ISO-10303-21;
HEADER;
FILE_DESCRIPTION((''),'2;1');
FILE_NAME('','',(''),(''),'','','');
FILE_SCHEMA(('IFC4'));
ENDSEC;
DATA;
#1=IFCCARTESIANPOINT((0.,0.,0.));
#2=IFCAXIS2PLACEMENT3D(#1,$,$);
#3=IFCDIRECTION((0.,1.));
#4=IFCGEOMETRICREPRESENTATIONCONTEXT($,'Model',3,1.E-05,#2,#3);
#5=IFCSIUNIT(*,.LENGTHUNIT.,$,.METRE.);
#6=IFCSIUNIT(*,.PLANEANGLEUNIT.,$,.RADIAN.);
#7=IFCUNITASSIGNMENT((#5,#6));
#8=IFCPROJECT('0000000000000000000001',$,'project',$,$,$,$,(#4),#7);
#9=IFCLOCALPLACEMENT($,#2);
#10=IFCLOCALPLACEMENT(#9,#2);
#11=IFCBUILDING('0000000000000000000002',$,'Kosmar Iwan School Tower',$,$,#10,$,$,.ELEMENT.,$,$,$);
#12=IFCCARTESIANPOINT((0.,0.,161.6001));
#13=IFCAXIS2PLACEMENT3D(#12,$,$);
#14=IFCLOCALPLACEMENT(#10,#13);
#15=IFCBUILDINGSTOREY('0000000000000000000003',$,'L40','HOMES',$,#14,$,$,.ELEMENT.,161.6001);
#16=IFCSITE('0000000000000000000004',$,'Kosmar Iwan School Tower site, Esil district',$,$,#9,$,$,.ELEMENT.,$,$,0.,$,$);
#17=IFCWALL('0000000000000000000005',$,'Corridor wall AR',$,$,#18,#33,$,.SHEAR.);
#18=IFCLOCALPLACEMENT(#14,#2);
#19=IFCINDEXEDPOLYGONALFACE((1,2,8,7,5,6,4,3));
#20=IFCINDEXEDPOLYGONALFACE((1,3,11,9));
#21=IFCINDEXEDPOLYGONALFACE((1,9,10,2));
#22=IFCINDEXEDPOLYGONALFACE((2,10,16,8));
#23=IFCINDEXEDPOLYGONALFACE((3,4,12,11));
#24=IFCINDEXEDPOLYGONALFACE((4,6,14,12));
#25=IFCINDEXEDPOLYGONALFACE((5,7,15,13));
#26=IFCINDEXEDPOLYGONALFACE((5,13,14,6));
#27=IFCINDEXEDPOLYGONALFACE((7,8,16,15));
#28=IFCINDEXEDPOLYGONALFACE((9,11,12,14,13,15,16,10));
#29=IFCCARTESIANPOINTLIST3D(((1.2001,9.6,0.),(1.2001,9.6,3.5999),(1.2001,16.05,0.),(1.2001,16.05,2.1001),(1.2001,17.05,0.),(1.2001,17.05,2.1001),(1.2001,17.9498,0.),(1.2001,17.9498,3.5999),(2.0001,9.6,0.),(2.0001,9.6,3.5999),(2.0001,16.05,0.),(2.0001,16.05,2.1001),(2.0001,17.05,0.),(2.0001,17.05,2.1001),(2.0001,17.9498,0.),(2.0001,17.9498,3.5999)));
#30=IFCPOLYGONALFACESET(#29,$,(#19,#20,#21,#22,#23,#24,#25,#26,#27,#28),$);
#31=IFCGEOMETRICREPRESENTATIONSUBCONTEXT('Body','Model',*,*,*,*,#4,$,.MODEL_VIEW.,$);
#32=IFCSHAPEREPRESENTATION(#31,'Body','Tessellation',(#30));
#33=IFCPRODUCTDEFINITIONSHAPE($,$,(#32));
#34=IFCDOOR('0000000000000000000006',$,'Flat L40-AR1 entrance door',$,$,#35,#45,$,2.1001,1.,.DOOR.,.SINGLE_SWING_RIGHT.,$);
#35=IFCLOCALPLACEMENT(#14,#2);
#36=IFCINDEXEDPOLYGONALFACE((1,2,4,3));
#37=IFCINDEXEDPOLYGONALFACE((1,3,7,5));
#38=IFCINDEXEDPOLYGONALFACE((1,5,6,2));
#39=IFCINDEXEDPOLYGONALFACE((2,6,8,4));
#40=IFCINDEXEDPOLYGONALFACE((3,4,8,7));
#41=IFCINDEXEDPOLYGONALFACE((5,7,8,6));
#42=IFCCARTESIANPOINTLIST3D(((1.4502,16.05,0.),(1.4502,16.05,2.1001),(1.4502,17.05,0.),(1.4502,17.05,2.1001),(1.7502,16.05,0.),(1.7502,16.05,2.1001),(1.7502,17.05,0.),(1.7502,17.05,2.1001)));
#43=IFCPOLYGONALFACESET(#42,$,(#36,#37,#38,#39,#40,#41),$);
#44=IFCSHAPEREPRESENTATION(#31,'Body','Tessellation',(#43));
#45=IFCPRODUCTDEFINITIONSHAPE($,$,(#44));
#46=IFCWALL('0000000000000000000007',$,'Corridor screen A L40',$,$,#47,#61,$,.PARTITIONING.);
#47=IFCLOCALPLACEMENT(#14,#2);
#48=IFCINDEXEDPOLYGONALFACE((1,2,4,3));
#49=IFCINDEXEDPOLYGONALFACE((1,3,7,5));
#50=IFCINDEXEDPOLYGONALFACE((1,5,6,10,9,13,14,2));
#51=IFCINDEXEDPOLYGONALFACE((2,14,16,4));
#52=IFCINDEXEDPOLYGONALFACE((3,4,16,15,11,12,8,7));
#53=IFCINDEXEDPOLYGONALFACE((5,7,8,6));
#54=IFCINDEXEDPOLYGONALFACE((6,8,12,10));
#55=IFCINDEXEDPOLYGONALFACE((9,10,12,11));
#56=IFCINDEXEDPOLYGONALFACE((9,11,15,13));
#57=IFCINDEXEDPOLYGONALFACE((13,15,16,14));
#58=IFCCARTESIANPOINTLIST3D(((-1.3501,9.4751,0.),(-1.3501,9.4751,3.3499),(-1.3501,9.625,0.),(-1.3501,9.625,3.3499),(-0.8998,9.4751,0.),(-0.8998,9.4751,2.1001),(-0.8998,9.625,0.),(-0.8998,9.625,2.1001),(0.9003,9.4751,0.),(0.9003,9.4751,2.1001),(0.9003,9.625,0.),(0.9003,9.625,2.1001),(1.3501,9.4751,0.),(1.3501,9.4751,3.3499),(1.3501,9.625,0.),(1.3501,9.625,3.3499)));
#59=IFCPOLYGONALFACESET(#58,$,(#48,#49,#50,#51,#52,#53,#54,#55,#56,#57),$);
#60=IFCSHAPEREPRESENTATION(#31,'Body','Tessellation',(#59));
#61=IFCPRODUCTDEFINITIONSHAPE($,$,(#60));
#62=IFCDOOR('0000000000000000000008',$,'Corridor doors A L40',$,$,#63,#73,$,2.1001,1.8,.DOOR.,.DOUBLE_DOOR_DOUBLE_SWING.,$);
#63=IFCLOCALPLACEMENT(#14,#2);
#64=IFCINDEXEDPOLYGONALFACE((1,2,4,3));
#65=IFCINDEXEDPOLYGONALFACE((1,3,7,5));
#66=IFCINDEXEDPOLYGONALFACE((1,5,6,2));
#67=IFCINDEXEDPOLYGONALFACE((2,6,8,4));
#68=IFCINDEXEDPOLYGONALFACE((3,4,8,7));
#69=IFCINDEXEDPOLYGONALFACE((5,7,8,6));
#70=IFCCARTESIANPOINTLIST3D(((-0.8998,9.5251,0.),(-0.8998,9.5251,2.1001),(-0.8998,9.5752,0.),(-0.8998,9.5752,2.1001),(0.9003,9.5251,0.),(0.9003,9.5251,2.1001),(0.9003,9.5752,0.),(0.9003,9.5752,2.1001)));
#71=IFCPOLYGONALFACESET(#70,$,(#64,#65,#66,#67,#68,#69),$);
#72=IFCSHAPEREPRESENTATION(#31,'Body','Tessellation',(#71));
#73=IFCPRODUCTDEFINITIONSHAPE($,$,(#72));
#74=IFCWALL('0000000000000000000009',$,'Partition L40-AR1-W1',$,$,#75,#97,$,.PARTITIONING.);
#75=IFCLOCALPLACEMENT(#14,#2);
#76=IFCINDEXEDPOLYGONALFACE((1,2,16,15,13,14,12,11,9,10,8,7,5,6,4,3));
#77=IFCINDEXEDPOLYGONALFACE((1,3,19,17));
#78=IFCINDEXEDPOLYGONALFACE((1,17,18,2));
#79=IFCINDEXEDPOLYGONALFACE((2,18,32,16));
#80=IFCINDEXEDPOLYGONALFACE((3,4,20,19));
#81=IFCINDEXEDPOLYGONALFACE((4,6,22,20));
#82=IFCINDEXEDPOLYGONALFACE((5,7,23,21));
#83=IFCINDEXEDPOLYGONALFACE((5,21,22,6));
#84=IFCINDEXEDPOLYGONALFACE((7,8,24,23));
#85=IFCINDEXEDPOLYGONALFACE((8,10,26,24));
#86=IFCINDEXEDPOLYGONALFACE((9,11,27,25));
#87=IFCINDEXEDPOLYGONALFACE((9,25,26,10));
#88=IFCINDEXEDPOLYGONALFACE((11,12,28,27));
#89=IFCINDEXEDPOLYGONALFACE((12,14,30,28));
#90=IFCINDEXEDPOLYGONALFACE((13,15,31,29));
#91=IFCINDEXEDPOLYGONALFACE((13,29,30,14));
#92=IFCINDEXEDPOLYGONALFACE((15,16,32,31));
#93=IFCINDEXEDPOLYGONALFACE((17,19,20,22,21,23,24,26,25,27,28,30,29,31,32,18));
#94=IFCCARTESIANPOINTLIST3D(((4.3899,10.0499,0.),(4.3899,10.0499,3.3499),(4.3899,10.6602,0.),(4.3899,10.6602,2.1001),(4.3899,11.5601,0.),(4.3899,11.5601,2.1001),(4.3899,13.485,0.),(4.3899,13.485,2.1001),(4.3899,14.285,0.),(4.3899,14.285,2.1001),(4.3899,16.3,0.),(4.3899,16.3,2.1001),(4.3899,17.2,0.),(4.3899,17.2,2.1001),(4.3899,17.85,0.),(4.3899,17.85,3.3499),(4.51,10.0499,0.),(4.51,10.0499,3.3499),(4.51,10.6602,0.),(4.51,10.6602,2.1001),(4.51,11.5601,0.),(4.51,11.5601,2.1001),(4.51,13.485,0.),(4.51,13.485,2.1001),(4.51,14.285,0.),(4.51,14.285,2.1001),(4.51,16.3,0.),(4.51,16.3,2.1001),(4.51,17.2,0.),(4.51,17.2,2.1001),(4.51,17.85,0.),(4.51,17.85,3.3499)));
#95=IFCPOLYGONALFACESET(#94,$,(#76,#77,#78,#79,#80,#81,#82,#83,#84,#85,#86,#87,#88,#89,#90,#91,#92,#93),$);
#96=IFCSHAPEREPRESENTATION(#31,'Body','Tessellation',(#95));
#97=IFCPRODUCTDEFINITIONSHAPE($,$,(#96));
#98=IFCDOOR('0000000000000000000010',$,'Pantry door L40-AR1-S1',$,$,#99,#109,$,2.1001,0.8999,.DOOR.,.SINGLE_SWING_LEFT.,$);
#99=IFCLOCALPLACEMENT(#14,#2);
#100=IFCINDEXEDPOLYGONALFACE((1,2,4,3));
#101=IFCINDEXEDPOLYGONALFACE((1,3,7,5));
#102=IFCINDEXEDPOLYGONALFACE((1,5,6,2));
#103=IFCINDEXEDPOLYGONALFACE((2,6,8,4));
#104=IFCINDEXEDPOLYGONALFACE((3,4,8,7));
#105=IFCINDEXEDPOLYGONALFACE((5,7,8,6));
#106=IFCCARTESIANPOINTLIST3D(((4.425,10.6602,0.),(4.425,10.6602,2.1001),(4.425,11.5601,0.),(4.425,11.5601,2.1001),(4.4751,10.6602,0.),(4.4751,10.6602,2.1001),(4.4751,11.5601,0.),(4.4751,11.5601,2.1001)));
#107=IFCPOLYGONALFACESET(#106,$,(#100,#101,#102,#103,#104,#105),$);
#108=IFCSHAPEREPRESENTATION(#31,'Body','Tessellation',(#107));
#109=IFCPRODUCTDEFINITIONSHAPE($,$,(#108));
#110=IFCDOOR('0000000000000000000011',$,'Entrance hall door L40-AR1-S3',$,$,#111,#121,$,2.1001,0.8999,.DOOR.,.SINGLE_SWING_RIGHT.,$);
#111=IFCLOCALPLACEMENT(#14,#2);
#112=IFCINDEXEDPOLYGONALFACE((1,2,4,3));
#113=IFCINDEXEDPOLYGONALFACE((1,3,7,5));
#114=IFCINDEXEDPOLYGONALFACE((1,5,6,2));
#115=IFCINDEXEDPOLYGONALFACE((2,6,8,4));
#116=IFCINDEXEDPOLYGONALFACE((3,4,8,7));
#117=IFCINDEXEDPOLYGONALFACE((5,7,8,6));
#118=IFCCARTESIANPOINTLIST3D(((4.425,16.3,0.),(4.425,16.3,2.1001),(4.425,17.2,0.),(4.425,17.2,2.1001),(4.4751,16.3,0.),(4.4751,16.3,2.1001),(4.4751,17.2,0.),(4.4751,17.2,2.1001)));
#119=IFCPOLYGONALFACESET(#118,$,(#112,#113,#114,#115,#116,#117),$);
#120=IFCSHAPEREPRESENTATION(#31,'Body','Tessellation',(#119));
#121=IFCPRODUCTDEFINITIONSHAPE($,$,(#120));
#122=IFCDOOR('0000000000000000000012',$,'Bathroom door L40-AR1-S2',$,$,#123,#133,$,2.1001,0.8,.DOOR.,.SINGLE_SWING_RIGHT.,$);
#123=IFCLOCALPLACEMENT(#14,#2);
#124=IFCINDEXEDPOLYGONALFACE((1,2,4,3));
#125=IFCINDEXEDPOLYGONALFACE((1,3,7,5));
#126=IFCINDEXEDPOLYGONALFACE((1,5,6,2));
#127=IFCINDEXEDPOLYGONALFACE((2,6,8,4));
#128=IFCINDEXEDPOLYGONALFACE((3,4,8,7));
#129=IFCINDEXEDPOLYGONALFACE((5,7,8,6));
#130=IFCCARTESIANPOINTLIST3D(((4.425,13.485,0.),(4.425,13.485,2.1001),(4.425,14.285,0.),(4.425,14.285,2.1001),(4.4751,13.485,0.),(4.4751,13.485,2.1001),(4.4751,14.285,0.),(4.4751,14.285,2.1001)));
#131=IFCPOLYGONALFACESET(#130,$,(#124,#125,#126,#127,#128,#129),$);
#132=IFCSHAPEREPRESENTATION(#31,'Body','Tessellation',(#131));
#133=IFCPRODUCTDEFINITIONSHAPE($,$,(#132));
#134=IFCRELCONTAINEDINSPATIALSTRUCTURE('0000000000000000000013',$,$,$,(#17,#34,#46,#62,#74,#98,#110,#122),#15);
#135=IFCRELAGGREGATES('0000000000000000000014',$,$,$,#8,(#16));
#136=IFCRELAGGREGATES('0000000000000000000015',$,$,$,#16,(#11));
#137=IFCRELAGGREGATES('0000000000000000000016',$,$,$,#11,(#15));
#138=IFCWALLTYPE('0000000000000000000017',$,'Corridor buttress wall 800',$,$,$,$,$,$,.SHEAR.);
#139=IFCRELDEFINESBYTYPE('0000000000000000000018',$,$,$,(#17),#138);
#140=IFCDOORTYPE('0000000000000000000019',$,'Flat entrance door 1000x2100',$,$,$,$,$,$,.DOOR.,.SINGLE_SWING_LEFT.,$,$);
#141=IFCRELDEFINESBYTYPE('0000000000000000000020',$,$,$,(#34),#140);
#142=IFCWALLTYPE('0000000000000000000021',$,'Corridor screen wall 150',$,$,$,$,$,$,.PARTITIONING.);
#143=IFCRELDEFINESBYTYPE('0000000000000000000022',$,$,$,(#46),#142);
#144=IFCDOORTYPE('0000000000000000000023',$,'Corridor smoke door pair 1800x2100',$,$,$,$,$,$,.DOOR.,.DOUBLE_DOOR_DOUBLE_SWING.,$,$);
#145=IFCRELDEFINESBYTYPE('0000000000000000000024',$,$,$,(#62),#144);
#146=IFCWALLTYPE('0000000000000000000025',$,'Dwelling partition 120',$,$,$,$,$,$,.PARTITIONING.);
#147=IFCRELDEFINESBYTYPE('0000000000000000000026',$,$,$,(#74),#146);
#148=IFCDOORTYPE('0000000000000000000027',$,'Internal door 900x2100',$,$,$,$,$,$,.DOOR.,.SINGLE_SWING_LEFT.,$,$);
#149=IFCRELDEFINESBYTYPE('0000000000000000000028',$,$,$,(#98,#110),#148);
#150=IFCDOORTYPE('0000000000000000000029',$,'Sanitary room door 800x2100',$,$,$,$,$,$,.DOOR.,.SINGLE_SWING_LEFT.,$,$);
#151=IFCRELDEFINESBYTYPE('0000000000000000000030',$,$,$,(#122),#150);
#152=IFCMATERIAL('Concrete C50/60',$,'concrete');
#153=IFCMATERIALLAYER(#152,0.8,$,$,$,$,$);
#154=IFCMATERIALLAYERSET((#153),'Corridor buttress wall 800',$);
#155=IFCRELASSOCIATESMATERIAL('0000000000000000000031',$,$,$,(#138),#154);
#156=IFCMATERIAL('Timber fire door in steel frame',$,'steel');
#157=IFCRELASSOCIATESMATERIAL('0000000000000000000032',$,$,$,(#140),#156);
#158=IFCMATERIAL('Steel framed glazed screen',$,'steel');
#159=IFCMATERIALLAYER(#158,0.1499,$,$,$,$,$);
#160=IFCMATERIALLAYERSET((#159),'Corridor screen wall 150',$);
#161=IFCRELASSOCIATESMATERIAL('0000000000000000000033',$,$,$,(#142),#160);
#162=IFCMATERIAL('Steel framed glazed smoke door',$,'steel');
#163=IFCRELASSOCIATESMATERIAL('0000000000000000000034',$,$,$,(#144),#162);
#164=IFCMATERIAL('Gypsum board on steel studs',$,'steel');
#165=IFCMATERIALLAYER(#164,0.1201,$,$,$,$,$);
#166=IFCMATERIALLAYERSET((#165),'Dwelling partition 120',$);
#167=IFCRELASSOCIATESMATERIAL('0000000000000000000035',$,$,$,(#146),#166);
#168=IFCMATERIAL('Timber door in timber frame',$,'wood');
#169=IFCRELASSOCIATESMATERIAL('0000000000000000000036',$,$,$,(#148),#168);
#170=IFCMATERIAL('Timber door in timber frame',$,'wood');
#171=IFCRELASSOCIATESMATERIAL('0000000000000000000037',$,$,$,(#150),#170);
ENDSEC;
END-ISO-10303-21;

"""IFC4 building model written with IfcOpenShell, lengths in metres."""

from ifc_helpers import new_model, si_unit, direction, frame, frame_2d, origin, place, context, subcontext, project, spatial, rectangle, extrude, material, layer, layer_set, type_object, element, fill, save


model = new_model("IFC4")

# Units and contexts
model_context = context("Model", 3, precision=1e-05, world=origin(), true_north=direction((0.0, 1.0)))
body_context = subcontext(model_context, "Body", "Model", "MODEL_VIEW")
ifc_project = project(units=[si_unit("LENGTHUNIT", "METRE"), si_unit("PLANEANGLEUNIT", "RADIAN")], contexts=[model_context])

# Site, building, storey
site_placement = place(None, origin())
site = spatial("IfcSite", under=ifc_project, at=site_placement, Name="Kosmar Iwan School Tower site, Esil district", CompositionType="ELEMENT", RefElevation=0.0)
building_placement = place(site_placement, origin())
building = spatial("IfcBuilding", under=site, at=building_placement, Name="Kosmar Iwan School Tower", CompositionType="ELEMENT")
storey_placement = place(building_placement, frame((0.0, 0.0, 161.6001)))
storey = spatial("IfcBuildingStorey", under=building, at=storey_placement, Name="L40", Description="HOMES", CompositionType="ELEMENT", Elevation=161.6001)

# Walls, openings, doors
ifc_material_1 = material(Name="Concrete C50/60", Category="concrete")
ifc_layer_1 = layer(ifc_material_1, 0.8)
ifc_layer_set_1 = layer_set([ifc_layer_1], Name="Corridor buttress wall 800")
wall_type_1 = type_object("IfcWallType", Name="Corridor buttress wall 800", PredefinedType="SHEAR", material=ifc_layer_set_1)
wall_1_placement = place(storey_placement, frame((1.6001, 9.6001, 0.0), z_axis=(0.0, 0.0, 1.0), x_axis=(0.0, 1.0, 0.0)))
wall_1 = element("IfcWall", 1, at=wall_1_placement, inside=storey, type_object=wall_type_1, Name="Corridor wall AR", PredefinedType="SHEAR", context=body_context, shape_type="SweptSolid", body=[
    extrude(rectangle(XDim=8.3499, YDim=0.8, at=frame_2d((4.1748, 0.0))), origin(), (0.0, 0.0, 1.0), 3.5999),
])
opening_1_placement = place(wall_1_placement, frame((6.45, 0.0, 0.0)))
opening_1 = element("IfcOpeningElement", 2, at=opening_1_placement, cuts=wall_1, PredefinedType="OPENING", context=body_context, shape_type="SweptSolid", body=[
    extrude(rectangle(XDim=1.0, YDim=2.1001, at=frame_2d((0.5, 1.05))), frame((0.0, 0.4121, 0.0), z_axis=(0.0, -1.0, 0.0), x_axis=(1.0, 0.0, 0.0)), (0.0, 0.0, 1.0), 0.824),
])
ifc_material_2 = material(Name="Timber fire door in steel frame", Category="steel")
door_type_1 = type_object("IfcDoorType", Name="Flat entrance door 1000x2100", OperationType="SINGLE_SWING_LEFT", PredefinedType="DOOR", material=ifc_material_2)
door_1_placement = place(opening_1_placement, origin())
door_1 = element("IfcDoor", 3, at=door_1_placement, inside=storey, type_object=door_type_1, Name="Flat L40-AR1 entrance door", OperationType="SINGLE_SWING_RIGHT", OverallHeight=2.1001, OverallWidth=1.0, PredefinedType="DOOR", context=body_context, shape_type="SweptSolid", body=[
    extrude(rectangle(XDim=1.0, YDim=2.1001, at=frame_2d((0.5, 1.05))), frame((0.0, 0.1499, 0.0), z_axis=(0.0, -1.0, 0.0), x_axis=(1.0, 0.0, 0.0)), (0.0, 0.0, 1.0), 0.3),
])
fill(opening_1, door_1)
ifc_material_3 = material(Name="Steel framed glazed screen", Category="steel")
ifc_layer_2 = layer(ifc_material_3, 0.1499)
ifc_layer_set_2 = layer_set([ifc_layer_2], Name="Corridor screen wall 150")
wall_type_2 = type_object("IfcWallType", Name="Corridor screen wall 150", PredefinedType="PARTITIONING", material=ifc_layer_set_2)
wall_2_placement = place(storey_placement, frame((1.3501, 9.55, 0.0), z_axis=(0.0, 0.0, 1.0), x_axis=(-1.0, 0.0, 0.0)))
wall_2 = element("IfcWall", 4, at=wall_2_placement, inside=storey, type_object=wall_type_2, Name="Corridor screen A L40", PredefinedType="PARTITIONING", context=body_context, shape_type="SweptSolid", body=[
    extrude(rectangle(XDim=2.7002, YDim=0.1499, at=frame_2d((1.3501, 0.0))), origin(), (0.0, 0.0, 1.0), 3.3499),
])
opening_2_placement = place(wall_2_placement, frame((0.45, 0.0, 0.0)))
opening_2 = element("IfcOpeningElement", 5, at=opening_2_placement, cuts=wall_2, PredefinedType="OPENING", context=body_context, shape_type="SweptSolid", body=[
    extrude(rectangle(XDim=1.8, YDim=2.1001, at=frame_2d((0.8999, 1.05))), frame((0.0, 0.0869, 0.0), z_axis=(0.0, -1.0, 0.0), x_axis=(1.0, 0.0, 0.0)), (0.0, 0.0, 1.0), 0.1738),
])
ifc_material_4 = material(Name="Steel framed glazed smoke door", Category="steel")
door_type_2 = type_object("IfcDoorType", Name="Corridor smoke door pair 1800x2100", OperationType="DOUBLE_DOOR_DOUBLE_SWING", PredefinedType="DOOR", material=ifc_material_4)
door_2_placement = place(opening_2_placement, origin())
door_2 = element("IfcDoor", 6, at=door_2_placement, inside=storey, type_object=door_type_2, Name="Corridor doors A L40", OperationType="DOUBLE_DOOR_DOUBLE_SWING", OverallHeight=2.1001, OverallWidth=1.8, PredefinedType="DOOR", context=body_context, shape_type="SweptSolid", body=[
    extrude(rectangle(XDim=1.8, YDim=2.1001, at=frame_2d((0.8999, 1.05))), frame((0.0, 0.0249, 0.0), z_axis=(0.0, -1.0, 0.0), x_axis=(1.0, 0.0, 0.0)), (0.0, 0.0, 1.0), 0.05),
])
fill(opening_2, door_2)

# Wall, openings, doors
ifc_material_5 = material(Name="Gypsum board on steel studs", Category="steel")
ifc_layer_3 = layer(ifc_material_5, 0.1201)
ifc_layer_set_3 = layer_set([ifc_layer_3], Name="Dwelling partition 120")
wall_type_3 = type_object("IfcWallType", Name="Dwelling partition 120", PredefinedType="PARTITIONING", material=ifc_layer_set_3)
wall_3_placement = place(storey_placement, frame((4.45, 10.05, 0.0), z_axis=(0.0, 0.0, 1.0), x_axis=(0.0, 1.0, 0.0)))
wall_3 = element("IfcWall", 7, at=wall_3_placement, inside=storey, type_object=wall_type_3, Name="Partition L40-AR1-W1", PredefinedType="PARTITIONING", context=body_context, shape_type="SweptSolid", body=[
    extrude(rectangle(XDim=7.8, YDim=0.1201, at=frame_2d((3.8999, 0.0))), origin(), (0.0, 0.0, 1.0), 3.3499),
])
opening_3_placement = place(wall_3_placement, frame((0.6101, 0.0, 0.0)))
opening_3 = element("IfcOpeningElement", 8, at=opening_3_placement, cuts=wall_3, PredefinedType="OPENING", context=body_context, shape_type="SweptSolid", body=[
    extrude(rectangle(XDim=0.8999, YDim=2.1001, at=frame_2d((0.45, 1.05))), frame((0.0, 0.072, 0.0), z_axis=(0.0, -1.0, 0.0), x_axis=(1.0, 0.0, 0.0)), (0.0, 0.0, 1.0), 0.144),
])
opening_4_placement = place(wall_3_placement, frame((3.4351, 0.0, 0.0)))
opening_4 = element("IfcOpeningElement", 9, at=opening_4_placement, cuts=wall_3, PredefinedType="OPENING", context=body_context, shape_type="SweptSolid", body=[
    extrude(rectangle(XDim=0.8, YDim=2.1001, at=frame_2d((0.3999, 1.05))), frame((0.0, 0.072, 0.0), z_axis=(0.0, -1.0, 0.0), x_axis=(1.0, 0.0, 0.0)), (0.0, 0.0, 1.0), 0.144),
])
opening_5_placement = place(wall_3_placement, frame((6.25, 0.0, 0.0)))
opening_5 = element("IfcOpeningElement", 10, at=opening_5_placement, cuts=wall_3, PredefinedType="OPENING", context=body_context, shape_type="SweptSolid", body=[
    extrude(rectangle(XDim=0.8999, YDim=2.1001, at=frame_2d((0.45, 1.05))), frame((0.0, 0.072, 0.0), z_axis=(0.0, -1.0, 0.0), x_axis=(1.0, 0.0, 0.0)), (0.0, 0.0, 1.0), 0.144),
])
ifc_material_6 = material(Name="Timber door in timber frame", Category="wood")
door_type_3 = type_object("IfcDoorType", Name="Internal door 900x2100", OperationType="SINGLE_SWING_LEFT", PredefinedType="DOOR", material=ifc_material_6)
door_3_placement = place(opening_3_placement, origin())
door_3 = element("IfcDoor", 11, at=door_3_placement, inside=storey, type_object=door_type_3, Name="Pantry door L40-AR1-S1", OperationType="SINGLE_SWING_LEFT", OverallHeight=2.1001, OverallWidth=0.8999, PredefinedType="DOOR", context=body_context, shape_type="SweptSolid", body=[
    extrude(rectangle(XDim=0.8999, YDim=2.1001, at=frame_2d((0.45, 1.05))), frame((0.0, 0.0249, 0.0), z_axis=(0.0, -1.0, 0.0), x_axis=(1.0, 0.0, 0.0)), (0.0, 0.0, 1.0), 0.05),
])
fill(opening_3, door_3)
door_4_placement = place(opening_5_placement, origin())
door_4 = element("IfcDoor", 12, at=door_4_placement, inside=storey, type_object=door_type_3, Name="Entrance hall door L40-AR1-S3", OperationType="SINGLE_SWING_RIGHT", OverallHeight=2.1001, OverallWidth=0.8999, PredefinedType="DOOR", context=body_context, shape_type="SweptSolid", body=[
    extrude(rectangle(XDim=0.8999, YDim=2.1001, at=frame_2d((0.45, 1.05))), frame((0.0, 0.0249, 0.0), z_axis=(0.0, -1.0, 0.0), x_axis=(1.0, 0.0, 0.0)), (0.0, 0.0, 1.0), 0.05),
])
fill(opening_5, door_4)
ifc_material_7 = material(Name="Timber door in timber frame", Category="wood")
door_type_4 = type_object("IfcDoorType", Name="Sanitary room door 800x2100", OperationType="SINGLE_SWING_LEFT", PredefinedType="DOOR", material=ifc_material_7)
door_5_placement = place(opening_4_placement, origin())
door_5 = element("IfcDoor", 13, at=door_5_placement, inside=storey, type_object=door_type_4, Name="Bathroom door L40-AR1-S2", OperationType="SINGLE_SWING_RIGHT", OverallHeight=2.1001, OverallWidth=0.8, PredefinedType="DOOR", context=body_context, shape_type="SweptSolid", body=[
    extrude(rectangle(XDim=0.8, YDim=2.1001, at=frame_2d((0.3999, 1.05))), frame((0.0, 0.0249, 0.0), z_axis=(0.0, -1.0, 0.0), x_axis=(1.0, 0.0, 0.0)), (0.0, 0.0, 1.0), 0.05),
])
fill(opening_4, door_5)

save(model, "model.ifc")
